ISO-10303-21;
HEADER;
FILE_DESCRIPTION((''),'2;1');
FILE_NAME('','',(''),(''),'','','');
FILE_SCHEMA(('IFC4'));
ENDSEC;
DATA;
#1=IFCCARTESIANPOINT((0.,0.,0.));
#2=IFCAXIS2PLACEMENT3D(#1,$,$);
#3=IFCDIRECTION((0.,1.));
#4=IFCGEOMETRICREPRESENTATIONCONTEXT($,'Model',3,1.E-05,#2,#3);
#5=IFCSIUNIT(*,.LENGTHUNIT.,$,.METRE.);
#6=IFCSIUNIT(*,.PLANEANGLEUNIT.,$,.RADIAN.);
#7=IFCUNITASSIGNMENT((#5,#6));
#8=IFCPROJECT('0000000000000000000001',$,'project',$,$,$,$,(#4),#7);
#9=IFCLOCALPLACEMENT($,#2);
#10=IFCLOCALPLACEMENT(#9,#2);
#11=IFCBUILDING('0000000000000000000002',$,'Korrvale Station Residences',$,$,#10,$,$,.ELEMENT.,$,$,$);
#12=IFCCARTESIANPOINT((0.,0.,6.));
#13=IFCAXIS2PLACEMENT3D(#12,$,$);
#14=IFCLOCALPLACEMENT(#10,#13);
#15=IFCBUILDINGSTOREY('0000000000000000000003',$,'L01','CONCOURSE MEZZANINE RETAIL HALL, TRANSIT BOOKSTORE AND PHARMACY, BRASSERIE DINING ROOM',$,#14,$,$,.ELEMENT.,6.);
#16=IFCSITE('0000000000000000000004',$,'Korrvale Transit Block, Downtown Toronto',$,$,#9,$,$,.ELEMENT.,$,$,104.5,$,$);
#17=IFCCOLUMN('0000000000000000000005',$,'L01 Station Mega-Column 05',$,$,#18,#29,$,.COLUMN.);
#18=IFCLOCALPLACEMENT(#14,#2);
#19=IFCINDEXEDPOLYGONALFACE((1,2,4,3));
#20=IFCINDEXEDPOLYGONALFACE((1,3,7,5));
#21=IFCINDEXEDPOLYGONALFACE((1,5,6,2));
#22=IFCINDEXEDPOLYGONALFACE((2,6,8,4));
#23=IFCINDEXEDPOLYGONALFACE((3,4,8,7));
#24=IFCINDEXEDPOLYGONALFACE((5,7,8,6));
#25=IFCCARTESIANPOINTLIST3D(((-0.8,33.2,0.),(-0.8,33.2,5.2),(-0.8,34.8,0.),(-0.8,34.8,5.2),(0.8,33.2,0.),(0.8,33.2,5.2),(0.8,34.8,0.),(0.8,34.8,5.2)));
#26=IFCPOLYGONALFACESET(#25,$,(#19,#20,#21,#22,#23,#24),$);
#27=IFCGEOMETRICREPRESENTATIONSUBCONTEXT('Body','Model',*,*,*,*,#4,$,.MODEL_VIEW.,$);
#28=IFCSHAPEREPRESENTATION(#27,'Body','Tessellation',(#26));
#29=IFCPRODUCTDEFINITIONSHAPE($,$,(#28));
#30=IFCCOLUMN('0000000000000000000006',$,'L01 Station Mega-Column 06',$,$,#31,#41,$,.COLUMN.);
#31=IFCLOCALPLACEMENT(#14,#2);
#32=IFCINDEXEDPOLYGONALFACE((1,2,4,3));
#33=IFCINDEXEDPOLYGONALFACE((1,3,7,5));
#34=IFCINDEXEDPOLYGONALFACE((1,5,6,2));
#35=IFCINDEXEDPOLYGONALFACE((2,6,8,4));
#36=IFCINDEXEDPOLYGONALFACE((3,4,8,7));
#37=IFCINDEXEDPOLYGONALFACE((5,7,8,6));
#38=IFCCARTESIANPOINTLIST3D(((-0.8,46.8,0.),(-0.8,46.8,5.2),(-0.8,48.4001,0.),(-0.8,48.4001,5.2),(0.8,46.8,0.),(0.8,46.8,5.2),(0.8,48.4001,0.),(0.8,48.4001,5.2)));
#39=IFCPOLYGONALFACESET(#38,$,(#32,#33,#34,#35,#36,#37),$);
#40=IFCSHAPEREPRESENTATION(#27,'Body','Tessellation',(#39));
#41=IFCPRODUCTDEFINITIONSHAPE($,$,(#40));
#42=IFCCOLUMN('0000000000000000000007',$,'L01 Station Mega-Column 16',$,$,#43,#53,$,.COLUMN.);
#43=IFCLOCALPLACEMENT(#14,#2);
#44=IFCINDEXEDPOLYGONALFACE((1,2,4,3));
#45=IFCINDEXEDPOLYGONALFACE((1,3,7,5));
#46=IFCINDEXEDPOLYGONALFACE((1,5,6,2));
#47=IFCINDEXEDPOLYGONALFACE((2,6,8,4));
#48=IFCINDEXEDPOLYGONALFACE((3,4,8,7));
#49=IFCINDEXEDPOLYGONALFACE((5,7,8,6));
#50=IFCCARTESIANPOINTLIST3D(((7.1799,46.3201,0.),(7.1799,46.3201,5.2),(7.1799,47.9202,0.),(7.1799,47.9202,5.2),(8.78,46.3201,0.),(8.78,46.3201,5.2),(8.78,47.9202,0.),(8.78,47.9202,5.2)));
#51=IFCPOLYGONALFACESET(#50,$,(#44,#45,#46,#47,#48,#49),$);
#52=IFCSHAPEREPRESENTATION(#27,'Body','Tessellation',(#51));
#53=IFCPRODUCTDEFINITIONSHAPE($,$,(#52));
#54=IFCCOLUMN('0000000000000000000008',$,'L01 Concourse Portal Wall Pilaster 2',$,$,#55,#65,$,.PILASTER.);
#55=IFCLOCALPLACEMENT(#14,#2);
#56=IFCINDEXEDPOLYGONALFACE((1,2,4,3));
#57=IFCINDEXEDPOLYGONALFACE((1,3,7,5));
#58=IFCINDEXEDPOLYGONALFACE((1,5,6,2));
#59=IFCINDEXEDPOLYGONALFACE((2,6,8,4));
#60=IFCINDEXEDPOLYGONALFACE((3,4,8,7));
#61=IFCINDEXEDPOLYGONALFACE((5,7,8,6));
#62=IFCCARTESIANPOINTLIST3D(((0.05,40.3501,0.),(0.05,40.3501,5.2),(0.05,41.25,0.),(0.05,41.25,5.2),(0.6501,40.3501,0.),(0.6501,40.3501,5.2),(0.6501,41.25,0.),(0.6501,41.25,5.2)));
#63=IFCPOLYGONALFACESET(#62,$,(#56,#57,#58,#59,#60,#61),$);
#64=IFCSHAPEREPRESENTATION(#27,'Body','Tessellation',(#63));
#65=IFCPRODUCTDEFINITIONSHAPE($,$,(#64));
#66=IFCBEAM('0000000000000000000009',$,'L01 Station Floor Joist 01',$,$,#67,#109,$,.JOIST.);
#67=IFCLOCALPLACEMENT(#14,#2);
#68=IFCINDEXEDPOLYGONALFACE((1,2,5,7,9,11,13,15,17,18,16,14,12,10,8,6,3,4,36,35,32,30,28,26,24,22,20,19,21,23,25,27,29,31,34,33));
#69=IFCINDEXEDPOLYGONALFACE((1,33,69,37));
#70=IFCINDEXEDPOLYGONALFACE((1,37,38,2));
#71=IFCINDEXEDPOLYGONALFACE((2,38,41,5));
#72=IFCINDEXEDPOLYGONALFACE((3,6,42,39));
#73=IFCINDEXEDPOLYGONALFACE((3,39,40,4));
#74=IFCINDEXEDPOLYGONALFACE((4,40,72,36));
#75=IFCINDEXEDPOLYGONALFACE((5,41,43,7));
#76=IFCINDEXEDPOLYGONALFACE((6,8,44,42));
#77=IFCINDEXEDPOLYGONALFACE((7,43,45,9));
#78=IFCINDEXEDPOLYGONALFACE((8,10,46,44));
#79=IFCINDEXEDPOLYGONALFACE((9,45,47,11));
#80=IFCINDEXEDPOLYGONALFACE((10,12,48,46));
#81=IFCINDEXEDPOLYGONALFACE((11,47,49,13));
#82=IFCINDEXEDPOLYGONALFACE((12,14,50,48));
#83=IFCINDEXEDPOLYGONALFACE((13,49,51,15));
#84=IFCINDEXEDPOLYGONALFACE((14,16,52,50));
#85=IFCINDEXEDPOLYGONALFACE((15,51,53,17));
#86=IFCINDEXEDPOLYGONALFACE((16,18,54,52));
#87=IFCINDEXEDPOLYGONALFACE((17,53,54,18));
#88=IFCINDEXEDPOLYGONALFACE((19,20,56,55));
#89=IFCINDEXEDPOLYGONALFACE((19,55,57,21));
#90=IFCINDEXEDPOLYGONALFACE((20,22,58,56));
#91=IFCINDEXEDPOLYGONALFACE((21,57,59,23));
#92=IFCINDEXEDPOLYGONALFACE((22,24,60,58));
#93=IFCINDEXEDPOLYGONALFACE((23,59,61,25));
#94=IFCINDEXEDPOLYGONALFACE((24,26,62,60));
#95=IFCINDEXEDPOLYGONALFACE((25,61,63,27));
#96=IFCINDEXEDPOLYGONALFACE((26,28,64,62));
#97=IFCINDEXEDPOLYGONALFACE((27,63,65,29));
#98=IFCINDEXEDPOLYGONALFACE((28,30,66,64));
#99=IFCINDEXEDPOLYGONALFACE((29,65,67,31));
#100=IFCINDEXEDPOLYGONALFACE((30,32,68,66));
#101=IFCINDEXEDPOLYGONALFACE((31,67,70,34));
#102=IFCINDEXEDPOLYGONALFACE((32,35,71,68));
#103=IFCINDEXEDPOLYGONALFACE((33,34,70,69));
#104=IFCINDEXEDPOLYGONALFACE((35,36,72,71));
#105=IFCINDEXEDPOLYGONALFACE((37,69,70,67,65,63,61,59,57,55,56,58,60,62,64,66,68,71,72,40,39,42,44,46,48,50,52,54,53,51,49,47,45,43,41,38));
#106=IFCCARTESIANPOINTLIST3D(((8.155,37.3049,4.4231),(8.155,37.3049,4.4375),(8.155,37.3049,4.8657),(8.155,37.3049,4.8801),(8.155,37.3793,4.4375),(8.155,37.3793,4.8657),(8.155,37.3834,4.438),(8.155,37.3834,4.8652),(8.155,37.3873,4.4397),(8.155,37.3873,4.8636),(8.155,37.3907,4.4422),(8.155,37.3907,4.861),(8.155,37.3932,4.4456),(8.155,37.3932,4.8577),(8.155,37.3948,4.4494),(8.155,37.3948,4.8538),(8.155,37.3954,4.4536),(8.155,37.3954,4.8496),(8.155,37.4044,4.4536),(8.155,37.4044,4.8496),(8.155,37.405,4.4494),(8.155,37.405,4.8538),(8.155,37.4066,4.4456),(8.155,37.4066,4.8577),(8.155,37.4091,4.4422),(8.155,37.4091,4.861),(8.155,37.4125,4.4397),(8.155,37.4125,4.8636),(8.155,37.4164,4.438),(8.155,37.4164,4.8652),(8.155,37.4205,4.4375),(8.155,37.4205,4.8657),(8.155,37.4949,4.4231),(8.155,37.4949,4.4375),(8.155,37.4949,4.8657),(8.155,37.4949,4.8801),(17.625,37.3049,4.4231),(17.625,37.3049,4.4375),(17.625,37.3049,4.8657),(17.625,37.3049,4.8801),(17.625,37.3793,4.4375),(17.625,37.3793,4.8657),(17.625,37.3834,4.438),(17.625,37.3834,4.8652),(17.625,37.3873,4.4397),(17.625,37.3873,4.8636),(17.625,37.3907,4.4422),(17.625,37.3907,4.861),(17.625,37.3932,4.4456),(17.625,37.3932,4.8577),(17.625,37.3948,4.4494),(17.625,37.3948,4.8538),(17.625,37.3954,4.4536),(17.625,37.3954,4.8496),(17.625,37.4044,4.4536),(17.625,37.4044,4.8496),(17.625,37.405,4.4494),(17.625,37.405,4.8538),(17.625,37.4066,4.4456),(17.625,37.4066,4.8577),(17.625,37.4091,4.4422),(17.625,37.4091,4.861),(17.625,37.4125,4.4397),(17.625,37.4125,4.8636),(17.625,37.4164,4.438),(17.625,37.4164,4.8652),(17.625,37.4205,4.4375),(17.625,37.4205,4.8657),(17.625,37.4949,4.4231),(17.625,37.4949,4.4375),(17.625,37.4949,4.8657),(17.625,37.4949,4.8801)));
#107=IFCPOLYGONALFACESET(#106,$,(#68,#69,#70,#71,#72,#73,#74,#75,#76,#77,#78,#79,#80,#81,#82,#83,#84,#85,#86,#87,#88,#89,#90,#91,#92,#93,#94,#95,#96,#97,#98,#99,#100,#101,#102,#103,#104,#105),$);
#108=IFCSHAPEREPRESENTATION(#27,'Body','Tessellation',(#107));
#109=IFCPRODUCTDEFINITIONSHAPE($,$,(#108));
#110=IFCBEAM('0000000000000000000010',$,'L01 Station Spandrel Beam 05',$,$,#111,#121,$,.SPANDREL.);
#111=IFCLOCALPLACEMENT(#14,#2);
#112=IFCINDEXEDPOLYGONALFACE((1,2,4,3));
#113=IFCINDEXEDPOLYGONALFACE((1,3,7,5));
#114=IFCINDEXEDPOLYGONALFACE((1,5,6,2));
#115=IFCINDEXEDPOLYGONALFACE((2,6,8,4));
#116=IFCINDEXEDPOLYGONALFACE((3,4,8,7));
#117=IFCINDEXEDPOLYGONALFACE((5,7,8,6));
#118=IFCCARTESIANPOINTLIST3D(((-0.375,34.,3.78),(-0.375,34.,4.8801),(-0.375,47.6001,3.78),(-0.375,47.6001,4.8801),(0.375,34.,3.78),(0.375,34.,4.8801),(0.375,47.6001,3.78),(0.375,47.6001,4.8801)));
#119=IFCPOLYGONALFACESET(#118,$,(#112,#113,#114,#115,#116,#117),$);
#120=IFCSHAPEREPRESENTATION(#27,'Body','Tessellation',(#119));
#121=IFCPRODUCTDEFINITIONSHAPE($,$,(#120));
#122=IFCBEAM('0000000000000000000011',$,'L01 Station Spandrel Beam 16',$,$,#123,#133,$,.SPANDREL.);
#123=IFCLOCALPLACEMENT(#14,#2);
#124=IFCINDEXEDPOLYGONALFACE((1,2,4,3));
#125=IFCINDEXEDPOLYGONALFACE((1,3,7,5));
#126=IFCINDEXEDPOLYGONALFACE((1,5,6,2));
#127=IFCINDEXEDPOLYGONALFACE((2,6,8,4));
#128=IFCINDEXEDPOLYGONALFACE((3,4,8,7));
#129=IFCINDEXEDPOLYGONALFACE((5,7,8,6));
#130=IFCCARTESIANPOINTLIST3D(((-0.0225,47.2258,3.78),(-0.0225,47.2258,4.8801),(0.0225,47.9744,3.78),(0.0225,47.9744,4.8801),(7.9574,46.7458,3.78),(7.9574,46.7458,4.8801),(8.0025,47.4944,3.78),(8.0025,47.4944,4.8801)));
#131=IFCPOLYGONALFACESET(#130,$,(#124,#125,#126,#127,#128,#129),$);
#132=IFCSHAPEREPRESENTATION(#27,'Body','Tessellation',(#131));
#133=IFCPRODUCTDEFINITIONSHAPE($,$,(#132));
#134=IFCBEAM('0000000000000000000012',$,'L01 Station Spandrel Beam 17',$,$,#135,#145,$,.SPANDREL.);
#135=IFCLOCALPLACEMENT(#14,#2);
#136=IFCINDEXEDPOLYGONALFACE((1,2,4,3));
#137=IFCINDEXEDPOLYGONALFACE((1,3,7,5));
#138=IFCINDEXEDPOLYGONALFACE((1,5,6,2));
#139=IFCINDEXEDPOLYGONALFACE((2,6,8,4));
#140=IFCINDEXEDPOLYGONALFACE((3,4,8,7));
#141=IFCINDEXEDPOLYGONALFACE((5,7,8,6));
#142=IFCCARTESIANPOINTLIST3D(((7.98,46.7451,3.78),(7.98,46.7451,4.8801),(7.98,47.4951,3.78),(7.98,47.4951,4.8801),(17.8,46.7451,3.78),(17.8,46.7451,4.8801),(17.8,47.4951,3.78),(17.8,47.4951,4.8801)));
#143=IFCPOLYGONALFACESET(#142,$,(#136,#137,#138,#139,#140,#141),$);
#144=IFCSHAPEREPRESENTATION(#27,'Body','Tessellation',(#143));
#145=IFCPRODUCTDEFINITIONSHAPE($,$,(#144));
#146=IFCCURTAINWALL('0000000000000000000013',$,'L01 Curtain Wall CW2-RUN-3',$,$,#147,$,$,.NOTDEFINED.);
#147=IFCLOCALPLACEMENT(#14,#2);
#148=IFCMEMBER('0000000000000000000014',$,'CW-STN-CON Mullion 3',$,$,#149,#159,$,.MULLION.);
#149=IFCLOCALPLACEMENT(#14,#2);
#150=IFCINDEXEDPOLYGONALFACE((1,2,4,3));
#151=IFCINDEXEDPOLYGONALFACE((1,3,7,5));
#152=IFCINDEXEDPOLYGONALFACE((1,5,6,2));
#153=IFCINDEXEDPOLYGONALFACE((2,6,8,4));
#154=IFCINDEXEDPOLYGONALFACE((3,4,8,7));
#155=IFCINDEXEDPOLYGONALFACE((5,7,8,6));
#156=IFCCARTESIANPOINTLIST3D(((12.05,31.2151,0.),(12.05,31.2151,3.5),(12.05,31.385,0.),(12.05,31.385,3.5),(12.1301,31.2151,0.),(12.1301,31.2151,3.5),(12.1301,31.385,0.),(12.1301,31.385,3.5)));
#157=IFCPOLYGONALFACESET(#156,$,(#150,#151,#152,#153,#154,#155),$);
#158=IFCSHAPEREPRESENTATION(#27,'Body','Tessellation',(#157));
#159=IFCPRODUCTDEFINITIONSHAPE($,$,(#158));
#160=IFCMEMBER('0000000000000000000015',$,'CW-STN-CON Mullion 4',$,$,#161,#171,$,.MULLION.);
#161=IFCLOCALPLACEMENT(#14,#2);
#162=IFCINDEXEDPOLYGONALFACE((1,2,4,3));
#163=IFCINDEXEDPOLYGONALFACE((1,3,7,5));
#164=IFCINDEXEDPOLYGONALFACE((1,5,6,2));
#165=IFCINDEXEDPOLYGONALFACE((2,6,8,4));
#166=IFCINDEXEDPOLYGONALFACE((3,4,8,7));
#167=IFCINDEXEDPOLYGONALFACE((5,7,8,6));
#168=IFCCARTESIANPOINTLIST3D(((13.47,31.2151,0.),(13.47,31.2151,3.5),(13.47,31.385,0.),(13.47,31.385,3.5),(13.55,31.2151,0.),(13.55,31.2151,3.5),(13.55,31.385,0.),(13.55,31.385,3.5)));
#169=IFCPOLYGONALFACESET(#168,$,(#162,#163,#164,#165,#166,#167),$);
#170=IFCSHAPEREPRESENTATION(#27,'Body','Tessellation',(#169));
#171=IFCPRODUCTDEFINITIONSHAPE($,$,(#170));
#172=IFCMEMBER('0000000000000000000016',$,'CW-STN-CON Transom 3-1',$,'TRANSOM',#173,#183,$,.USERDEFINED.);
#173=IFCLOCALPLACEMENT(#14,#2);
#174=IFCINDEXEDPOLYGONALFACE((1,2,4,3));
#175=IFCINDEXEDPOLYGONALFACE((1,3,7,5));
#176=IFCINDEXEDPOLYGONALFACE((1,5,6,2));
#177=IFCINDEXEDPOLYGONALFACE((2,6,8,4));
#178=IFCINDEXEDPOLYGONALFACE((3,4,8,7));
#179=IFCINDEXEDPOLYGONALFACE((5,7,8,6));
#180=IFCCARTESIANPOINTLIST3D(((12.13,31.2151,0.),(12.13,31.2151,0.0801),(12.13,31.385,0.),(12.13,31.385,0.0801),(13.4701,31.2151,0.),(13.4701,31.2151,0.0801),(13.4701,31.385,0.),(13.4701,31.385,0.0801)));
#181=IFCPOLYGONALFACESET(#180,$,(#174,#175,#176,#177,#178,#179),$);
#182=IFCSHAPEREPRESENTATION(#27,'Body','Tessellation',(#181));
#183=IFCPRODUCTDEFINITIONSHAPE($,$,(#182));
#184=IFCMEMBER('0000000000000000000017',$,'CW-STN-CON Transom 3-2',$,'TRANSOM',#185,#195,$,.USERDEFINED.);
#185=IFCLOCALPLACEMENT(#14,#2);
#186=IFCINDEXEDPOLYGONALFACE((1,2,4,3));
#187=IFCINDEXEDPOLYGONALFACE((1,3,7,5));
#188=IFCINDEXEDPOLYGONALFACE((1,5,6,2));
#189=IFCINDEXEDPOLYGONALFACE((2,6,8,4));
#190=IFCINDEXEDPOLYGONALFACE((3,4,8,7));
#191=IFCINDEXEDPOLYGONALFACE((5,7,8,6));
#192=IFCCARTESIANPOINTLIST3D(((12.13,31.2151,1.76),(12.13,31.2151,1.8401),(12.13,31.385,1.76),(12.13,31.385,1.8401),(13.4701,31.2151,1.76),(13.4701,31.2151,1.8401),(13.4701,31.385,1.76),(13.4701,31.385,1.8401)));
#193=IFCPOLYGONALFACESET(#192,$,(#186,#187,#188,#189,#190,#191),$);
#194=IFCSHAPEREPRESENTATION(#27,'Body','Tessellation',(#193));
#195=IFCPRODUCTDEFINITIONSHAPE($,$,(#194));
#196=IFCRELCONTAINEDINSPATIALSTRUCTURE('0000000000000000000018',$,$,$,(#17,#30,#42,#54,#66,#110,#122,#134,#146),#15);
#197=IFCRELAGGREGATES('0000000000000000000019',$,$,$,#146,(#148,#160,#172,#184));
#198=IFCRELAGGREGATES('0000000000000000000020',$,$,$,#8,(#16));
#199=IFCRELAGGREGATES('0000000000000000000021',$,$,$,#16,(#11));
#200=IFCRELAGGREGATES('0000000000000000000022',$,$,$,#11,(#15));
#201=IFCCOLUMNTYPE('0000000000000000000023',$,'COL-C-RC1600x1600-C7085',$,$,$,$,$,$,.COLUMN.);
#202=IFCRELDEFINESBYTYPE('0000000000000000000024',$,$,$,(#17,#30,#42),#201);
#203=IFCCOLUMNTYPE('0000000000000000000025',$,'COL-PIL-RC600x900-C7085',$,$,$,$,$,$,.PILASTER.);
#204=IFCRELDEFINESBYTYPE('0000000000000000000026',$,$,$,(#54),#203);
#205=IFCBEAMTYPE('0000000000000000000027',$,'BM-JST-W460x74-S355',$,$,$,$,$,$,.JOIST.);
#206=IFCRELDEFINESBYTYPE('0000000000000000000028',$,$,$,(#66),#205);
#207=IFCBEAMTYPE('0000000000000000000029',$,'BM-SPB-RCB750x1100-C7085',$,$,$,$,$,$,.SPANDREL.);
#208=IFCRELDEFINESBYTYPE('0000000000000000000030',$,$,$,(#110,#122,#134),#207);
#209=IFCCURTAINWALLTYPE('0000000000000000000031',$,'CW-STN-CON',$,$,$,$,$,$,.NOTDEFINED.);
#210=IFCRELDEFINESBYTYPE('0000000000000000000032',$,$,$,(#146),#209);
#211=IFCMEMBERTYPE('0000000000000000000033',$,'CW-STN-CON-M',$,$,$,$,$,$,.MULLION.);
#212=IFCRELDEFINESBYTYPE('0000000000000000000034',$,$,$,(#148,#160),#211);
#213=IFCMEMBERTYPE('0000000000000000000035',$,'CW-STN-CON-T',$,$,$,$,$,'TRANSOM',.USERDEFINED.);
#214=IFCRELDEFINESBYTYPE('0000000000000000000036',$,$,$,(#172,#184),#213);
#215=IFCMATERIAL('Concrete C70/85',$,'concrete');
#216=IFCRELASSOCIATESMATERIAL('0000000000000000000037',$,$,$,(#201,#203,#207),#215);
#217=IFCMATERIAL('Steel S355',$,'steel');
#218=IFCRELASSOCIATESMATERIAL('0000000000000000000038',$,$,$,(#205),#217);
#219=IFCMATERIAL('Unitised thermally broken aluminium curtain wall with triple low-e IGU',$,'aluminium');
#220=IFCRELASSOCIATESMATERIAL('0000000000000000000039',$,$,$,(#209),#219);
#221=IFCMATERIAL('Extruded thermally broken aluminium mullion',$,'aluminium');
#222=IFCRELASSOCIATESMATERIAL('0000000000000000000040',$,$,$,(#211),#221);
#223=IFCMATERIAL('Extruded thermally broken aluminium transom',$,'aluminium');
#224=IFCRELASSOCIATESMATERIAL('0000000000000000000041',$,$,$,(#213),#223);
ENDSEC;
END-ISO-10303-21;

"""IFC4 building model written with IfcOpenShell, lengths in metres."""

from ifc_helpers import new_model, si_unit, direction, frame, origin, origin_2d, place, context, subcontext, project, spatial, rectangle, i_section, extrude, material, material_profile, profile_set, type_object, element, aggregate, save


model = new_model("IFC4")

# Units and contexts
model_context = context("Model", 3, precision=1e-05, world=origin(), true_north=direction((0.0, 1.0)))
body_context = subcontext(model_context, "Body", "Model", "MODEL_VIEW")
ifc_project = project(units=[si_unit("LENGTHUNIT", "METRE"), si_unit("PLANEANGLEUNIT", "RADIAN")], contexts=[model_context])

# Site, building, storey
site_placement = place(None, origin())
site = spatial("IfcSite", under=ifc_project, at=site_placement, Name="Korrvale Transit Block, Downtown Toronto", CompositionType="ELEMENT", RefElevation=104.5)
building_placement = place(site_placement, origin())
building = spatial("IfcBuilding", under=site, at=building_placement, Name="Korrvale Station Residences", CompositionType="ELEMENT")
storey_placement = place(building_placement, frame((0.0, 0.0, 6.0)))
storey = spatial("IfcBuildingStorey", under=building, at=storey_placement, Name="L01", Description="CONCOURSE MEZZANINE RETAIL HALL, TRANSIT BOOKSTORE AND PHARMACY, BRASSERIE DINING ROOM", CompositionType="ELEMENT", Elevation=6.0)

# Columns
ifc_material_1 = material(Name="Concrete C70/85", Category="concrete")
ifc_material_profile_1 = material_profile(ifc_material_1, rectangle(XDim=1.6001, YDim=1.6001, at=origin_2d()), Name="RC1600x1600")
ifc_profile_set_1 = profile_set([ifc_material_profile_1], Name="Concrete C70/85")
column_type_1 = type_object("IfcColumnType", Name="COL-C-RC1600x1600-C7085", PredefinedType="COLUMN", material=ifc_profile_set_1)
for number, where, z_axis, x_axis, name in (
    (1, (0.0, 34.0, 0.0), (0.0, 0.0, 1.0), (1.0, 0.0, 0.0), "L01 Station Mega-Column 05"),
    (2, (0.0, 47.6001, 0.0), (0.0, 0.0, 1.0), (1.0, 0.0, 0.0), "L01 Station Mega-Column 06"),
    (3, (7.98, 47.1201, 0.0), (0.0, 0.0, 1.0), (1.0, 0.0, 0.0), "L01 Station Mega-Column 16"),
):
    element("IfcColumn", number, at=place(storey_placement, frame(where, z_axis=z_axis, x_axis=x_axis)), inside=storey, type_object=column_type_1, Name=name, PredefinedType="COLUMN", context=body_context, shape_type="SweptSolid", body=[
        extrude(rectangle(XDim=1.6001, YDim=1.6001, at=origin_2d()), origin(), (0.0, 0.0, 1.0), 5.2),
    ])
ifc_material_profile_2 = material_profile(ifc_material_1, rectangle(XDim=0.6001, YDim=0.8999, at=origin_2d()), Name="RC600x900")
ifc_profile_set_2 = profile_set([ifc_material_profile_2], Name="Concrete C70/85")
column_type_2 = type_object("IfcColumnType", Name="COL-PIL-RC600x900-C7085", PredefinedType="PILASTER", material=ifc_profile_set_2)
column_placement = place(storey_placement, frame((0.3501, 40.8, 0.0), z_axis=(0.0, 0.0, 1.0), x_axis=(1.0, 0.0, 0.0)))
element("IfcColumn", 4, at=column_placement, inside=storey, type_object=column_type_2, Name="L01 Concourse Portal Wall Pilaster 2", PredefinedType="PILASTER", context=body_context, shape_type="SweptSolid", body=[
    extrude(rectangle(XDim=0.6001, YDim=0.8999, at=origin_2d()), origin(), (0.0, 0.0, 1.0), 5.2),
])

# Beams
ifc_material_2 = material(Name="Steel S355", Category="steel")
ifc_material_profile_3 = material_profile(ifc_material_2, i_section(OverallWidth=0.1899, OverallDepth=0.457, WebThickness=0.009, FlangeThickness=0.0144, FilletRadius=0.0161, at=origin_2d()), Name="W460x74")
ifc_profile_set_3 = profile_set([ifc_material_profile_3], Name="Steel S355")
beam_type_1 = type_object("IfcBeamType", Name="BM-JST-W460x74-S355", PredefinedType="JOIST", material=ifc_profile_set_3)
beam_1_placement = place(storey_placement, frame((8.155, 37.3999, 4.6516), z_axis=(1.0, 0.0, 0.0), x_axis=(0.0, 1.0, 0.0)))
element("IfcBeam", 5, at=beam_1_placement, inside=storey, type_object=beam_type_1, Name="L01 Station Floor Joist 01", PredefinedType="JOIST", context=body_context, shape_type="SweptSolid", body=[
    extrude(i_section(OverallWidth=0.1899, OverallDepth=0.457, WebThickness=0.009, FlangeThickness=0.0144, FilletRadius=0.0161, at=origin_2d()), origin(), (0.0, 0.0, 1.0), 9.47),
])
ifc_material_profile_4 = material_profile(ifc_material_1, rectangle(XDim=0.75, YDim=1.1001, at=origin_2d()), Name="RCB750x1100")
ifc_profile_set_4 = profile_set([ifc_material_profile_4], Name="Concrete C70/85")
beam_type_2 = type_object("IfcBeamType", Name="BM-SPB-RCB750x1100-C7085", PredefinedType="SPANDREL", material=ifc_profile_set_4)
beam_2_placement = place(storey_placement, frame((0.0, 34.0, 4.3301), z_axis=(0.0, 1.0, 0.0), x_axis=(-1.0, 0.0, 0.0)))
element("IfcBeam", 6, at=beam_2_placement, inside=storey, type_object=beam_type_2, Name="L01 Station Spandrel Beam 05", PredefinedType="SPANDREL", context=body_context, shape_type="SweptSolid", body=[
    extrude(rectangle(XDim=0.75, YDim=1.1001, at=origin_2d()), origin(), (0.0, 0.0, 1.0), 13.6001),
])
beam_3_placement = place(storey_placement, frame((0.0, 47.6001, 4.3301), z_axis=(0.998196, -0.06004, 0.0), x_axis=(0.06004, 0.998196, 0.0)))
element("IfcBeam", 7, at=beam_3_placement, inside=storey, type_object=beam_type_2, Name="L01 Station Spandrel Beam 16", PredefinedType="SPANDREL", context=body_context, shape_type="SweptSolid", body=[
    extrude(rectangle(XDim=0.75, YDim=1.1001, at=origin_2d()), origin(), (0.0, 0.0, 1.0), 7.9944),
])
beam_4_placement = place(storey_placement, frame((7.98, 47.1201, 4.3301), z_axis=(1.0, 0.0, 0.0), x_axis=(0.0, 1.0, 0.0)))
element("IfcBeam", 8, at=beam_4_placement, inside=storey, type_object=beam_type_2, Name="L01 Station Spandrel Beam 17", PredefinedType="SPANDREL", context=body_context, shape_type="SweptSolid", body=[
    extrude(rectangle(XDim=0.75, YDim=1.1001, at=origin_2d()), origin(), (0.0, 0.0, 1.0), 9.8201),
])

# Curtain wall, members
ifc_material_3 = material(Name="Unitised thermally broken aluminium curtain wall with triple low-e IGU", Category="aluminium")
curtain_wall_type = type_object("IfcCurtainWallType", Name="CW-STN-CON", PredefinedType="NOTDEFINED", material=ifc_material_3)
curtain_wall_placement = place(storey_placement, origin())
curtain_wall = element("IfcCurtainWall", 9, at=curtain_wall_placement, inside=storey, type_object=curtain_wall_type, Name="L01 Curtain Wall CW2-RUN-3", PredefinedType="NOTDEFINED")
ifc_material_4 = material(Name="Extruded thermally broken aluminium mullion", Category="aluminium")
member_type_1 = type_object("IfcMemberType", Name="CW-STN-CON-M", PredefinedType="MULLION", material=ifc_material_4)
member_1_placement = place(storey_placement, frame((12.0901, 31.3, 0.0), z_axis=(0.0, 0.0, 1.0), x_axis=(1.0, 0.0, 0.0)))
member_1 = element("IfcMember", 10, at=member_1_placement, type_object=member_type_1, Name="CW-STN-CON Mullion 3", PredefinedType="MULLION", context=body_context, shape_type="SweptSolid", body=[
    extrude(rectangle(XDim=0.0801, YDim=0.1699, at=origin_2d()), origin(), (0.0, 0.0, 1.0), 3.5),
])
member_2_placement = place(storey_placement, frame((13.51, 31.3, 0.0), z_axis=(0.0, 0.0, 1.0), x_axis=(1.0, 0.0, 0.0)))
member_2 = element("IfcMember", 11, at=member_2_placement, type_object=member_type_1, Name="CW-STN-CON Mullion 4", PredefinedType="MULLION", context=body_context, shape_type="SweptSolid", body=[
    extrude(rectangle(XDim=0.0801, YDim=0.1699, at=origin_2d()), origin(), (0.0, 0.0, 1.0), 3.5),
])
ifc_material_5 = material(Name="Extruded thermally broken aluminium transom", Category="aluminium")
member_type_2 = type_object("IfcMemberType", Name="CW-STN-CON-T", ElementType="TRANSOM", PredefinedType="USERDEFINED", material=ifc_material_5)
member_3_placement = place(storey_placement, frame((12.8, 31.3, 0.0), z_axis=(0.0, 0.0, 1.0), x_axis=(1.0, 0.0, 0.0)))
member_3 = element("IfcMember", 12, at=member_3_placement, type_object=member_type_2, Name="CW-STN-CON Transom 3-1", ObjectType="TRANSOM", PredefinedType="USERDEFINED", context=body_context, shape_type="SweptSolid", body=[
    extrude(rectangle(XDim=1.3401, YDim=0.1699, at=origin_2d()), origin(), (0.0, 0.0, 1.0), 0.0801),
])
member_4_placement = place(storey_placement, frame((12.8, 31.3, 1.76), z_axis=(0.0, 0.0, 1.0), x_axis=(1.0, 0.0, 0.0)))
member_4 = element("IfcMember", 13, at=member_4_placement, type_object=member_type_2, Name="CW-STN-CON Transom 3-2", ObjectType="TRANSOM", PredefinedType="USERDEFINED", context=body_context, shape_type="SweptSolid", body=[
    extrude(rectangle(XDim=1.3401, YDim=0.1699, at=origin_2d()), origin(), (0.0, 0.0, 1.0), 0.0801),
])
aggregate(curtain_wall, [member_1, member_2, member_3, member_4])

save(model, "model.ifc")
